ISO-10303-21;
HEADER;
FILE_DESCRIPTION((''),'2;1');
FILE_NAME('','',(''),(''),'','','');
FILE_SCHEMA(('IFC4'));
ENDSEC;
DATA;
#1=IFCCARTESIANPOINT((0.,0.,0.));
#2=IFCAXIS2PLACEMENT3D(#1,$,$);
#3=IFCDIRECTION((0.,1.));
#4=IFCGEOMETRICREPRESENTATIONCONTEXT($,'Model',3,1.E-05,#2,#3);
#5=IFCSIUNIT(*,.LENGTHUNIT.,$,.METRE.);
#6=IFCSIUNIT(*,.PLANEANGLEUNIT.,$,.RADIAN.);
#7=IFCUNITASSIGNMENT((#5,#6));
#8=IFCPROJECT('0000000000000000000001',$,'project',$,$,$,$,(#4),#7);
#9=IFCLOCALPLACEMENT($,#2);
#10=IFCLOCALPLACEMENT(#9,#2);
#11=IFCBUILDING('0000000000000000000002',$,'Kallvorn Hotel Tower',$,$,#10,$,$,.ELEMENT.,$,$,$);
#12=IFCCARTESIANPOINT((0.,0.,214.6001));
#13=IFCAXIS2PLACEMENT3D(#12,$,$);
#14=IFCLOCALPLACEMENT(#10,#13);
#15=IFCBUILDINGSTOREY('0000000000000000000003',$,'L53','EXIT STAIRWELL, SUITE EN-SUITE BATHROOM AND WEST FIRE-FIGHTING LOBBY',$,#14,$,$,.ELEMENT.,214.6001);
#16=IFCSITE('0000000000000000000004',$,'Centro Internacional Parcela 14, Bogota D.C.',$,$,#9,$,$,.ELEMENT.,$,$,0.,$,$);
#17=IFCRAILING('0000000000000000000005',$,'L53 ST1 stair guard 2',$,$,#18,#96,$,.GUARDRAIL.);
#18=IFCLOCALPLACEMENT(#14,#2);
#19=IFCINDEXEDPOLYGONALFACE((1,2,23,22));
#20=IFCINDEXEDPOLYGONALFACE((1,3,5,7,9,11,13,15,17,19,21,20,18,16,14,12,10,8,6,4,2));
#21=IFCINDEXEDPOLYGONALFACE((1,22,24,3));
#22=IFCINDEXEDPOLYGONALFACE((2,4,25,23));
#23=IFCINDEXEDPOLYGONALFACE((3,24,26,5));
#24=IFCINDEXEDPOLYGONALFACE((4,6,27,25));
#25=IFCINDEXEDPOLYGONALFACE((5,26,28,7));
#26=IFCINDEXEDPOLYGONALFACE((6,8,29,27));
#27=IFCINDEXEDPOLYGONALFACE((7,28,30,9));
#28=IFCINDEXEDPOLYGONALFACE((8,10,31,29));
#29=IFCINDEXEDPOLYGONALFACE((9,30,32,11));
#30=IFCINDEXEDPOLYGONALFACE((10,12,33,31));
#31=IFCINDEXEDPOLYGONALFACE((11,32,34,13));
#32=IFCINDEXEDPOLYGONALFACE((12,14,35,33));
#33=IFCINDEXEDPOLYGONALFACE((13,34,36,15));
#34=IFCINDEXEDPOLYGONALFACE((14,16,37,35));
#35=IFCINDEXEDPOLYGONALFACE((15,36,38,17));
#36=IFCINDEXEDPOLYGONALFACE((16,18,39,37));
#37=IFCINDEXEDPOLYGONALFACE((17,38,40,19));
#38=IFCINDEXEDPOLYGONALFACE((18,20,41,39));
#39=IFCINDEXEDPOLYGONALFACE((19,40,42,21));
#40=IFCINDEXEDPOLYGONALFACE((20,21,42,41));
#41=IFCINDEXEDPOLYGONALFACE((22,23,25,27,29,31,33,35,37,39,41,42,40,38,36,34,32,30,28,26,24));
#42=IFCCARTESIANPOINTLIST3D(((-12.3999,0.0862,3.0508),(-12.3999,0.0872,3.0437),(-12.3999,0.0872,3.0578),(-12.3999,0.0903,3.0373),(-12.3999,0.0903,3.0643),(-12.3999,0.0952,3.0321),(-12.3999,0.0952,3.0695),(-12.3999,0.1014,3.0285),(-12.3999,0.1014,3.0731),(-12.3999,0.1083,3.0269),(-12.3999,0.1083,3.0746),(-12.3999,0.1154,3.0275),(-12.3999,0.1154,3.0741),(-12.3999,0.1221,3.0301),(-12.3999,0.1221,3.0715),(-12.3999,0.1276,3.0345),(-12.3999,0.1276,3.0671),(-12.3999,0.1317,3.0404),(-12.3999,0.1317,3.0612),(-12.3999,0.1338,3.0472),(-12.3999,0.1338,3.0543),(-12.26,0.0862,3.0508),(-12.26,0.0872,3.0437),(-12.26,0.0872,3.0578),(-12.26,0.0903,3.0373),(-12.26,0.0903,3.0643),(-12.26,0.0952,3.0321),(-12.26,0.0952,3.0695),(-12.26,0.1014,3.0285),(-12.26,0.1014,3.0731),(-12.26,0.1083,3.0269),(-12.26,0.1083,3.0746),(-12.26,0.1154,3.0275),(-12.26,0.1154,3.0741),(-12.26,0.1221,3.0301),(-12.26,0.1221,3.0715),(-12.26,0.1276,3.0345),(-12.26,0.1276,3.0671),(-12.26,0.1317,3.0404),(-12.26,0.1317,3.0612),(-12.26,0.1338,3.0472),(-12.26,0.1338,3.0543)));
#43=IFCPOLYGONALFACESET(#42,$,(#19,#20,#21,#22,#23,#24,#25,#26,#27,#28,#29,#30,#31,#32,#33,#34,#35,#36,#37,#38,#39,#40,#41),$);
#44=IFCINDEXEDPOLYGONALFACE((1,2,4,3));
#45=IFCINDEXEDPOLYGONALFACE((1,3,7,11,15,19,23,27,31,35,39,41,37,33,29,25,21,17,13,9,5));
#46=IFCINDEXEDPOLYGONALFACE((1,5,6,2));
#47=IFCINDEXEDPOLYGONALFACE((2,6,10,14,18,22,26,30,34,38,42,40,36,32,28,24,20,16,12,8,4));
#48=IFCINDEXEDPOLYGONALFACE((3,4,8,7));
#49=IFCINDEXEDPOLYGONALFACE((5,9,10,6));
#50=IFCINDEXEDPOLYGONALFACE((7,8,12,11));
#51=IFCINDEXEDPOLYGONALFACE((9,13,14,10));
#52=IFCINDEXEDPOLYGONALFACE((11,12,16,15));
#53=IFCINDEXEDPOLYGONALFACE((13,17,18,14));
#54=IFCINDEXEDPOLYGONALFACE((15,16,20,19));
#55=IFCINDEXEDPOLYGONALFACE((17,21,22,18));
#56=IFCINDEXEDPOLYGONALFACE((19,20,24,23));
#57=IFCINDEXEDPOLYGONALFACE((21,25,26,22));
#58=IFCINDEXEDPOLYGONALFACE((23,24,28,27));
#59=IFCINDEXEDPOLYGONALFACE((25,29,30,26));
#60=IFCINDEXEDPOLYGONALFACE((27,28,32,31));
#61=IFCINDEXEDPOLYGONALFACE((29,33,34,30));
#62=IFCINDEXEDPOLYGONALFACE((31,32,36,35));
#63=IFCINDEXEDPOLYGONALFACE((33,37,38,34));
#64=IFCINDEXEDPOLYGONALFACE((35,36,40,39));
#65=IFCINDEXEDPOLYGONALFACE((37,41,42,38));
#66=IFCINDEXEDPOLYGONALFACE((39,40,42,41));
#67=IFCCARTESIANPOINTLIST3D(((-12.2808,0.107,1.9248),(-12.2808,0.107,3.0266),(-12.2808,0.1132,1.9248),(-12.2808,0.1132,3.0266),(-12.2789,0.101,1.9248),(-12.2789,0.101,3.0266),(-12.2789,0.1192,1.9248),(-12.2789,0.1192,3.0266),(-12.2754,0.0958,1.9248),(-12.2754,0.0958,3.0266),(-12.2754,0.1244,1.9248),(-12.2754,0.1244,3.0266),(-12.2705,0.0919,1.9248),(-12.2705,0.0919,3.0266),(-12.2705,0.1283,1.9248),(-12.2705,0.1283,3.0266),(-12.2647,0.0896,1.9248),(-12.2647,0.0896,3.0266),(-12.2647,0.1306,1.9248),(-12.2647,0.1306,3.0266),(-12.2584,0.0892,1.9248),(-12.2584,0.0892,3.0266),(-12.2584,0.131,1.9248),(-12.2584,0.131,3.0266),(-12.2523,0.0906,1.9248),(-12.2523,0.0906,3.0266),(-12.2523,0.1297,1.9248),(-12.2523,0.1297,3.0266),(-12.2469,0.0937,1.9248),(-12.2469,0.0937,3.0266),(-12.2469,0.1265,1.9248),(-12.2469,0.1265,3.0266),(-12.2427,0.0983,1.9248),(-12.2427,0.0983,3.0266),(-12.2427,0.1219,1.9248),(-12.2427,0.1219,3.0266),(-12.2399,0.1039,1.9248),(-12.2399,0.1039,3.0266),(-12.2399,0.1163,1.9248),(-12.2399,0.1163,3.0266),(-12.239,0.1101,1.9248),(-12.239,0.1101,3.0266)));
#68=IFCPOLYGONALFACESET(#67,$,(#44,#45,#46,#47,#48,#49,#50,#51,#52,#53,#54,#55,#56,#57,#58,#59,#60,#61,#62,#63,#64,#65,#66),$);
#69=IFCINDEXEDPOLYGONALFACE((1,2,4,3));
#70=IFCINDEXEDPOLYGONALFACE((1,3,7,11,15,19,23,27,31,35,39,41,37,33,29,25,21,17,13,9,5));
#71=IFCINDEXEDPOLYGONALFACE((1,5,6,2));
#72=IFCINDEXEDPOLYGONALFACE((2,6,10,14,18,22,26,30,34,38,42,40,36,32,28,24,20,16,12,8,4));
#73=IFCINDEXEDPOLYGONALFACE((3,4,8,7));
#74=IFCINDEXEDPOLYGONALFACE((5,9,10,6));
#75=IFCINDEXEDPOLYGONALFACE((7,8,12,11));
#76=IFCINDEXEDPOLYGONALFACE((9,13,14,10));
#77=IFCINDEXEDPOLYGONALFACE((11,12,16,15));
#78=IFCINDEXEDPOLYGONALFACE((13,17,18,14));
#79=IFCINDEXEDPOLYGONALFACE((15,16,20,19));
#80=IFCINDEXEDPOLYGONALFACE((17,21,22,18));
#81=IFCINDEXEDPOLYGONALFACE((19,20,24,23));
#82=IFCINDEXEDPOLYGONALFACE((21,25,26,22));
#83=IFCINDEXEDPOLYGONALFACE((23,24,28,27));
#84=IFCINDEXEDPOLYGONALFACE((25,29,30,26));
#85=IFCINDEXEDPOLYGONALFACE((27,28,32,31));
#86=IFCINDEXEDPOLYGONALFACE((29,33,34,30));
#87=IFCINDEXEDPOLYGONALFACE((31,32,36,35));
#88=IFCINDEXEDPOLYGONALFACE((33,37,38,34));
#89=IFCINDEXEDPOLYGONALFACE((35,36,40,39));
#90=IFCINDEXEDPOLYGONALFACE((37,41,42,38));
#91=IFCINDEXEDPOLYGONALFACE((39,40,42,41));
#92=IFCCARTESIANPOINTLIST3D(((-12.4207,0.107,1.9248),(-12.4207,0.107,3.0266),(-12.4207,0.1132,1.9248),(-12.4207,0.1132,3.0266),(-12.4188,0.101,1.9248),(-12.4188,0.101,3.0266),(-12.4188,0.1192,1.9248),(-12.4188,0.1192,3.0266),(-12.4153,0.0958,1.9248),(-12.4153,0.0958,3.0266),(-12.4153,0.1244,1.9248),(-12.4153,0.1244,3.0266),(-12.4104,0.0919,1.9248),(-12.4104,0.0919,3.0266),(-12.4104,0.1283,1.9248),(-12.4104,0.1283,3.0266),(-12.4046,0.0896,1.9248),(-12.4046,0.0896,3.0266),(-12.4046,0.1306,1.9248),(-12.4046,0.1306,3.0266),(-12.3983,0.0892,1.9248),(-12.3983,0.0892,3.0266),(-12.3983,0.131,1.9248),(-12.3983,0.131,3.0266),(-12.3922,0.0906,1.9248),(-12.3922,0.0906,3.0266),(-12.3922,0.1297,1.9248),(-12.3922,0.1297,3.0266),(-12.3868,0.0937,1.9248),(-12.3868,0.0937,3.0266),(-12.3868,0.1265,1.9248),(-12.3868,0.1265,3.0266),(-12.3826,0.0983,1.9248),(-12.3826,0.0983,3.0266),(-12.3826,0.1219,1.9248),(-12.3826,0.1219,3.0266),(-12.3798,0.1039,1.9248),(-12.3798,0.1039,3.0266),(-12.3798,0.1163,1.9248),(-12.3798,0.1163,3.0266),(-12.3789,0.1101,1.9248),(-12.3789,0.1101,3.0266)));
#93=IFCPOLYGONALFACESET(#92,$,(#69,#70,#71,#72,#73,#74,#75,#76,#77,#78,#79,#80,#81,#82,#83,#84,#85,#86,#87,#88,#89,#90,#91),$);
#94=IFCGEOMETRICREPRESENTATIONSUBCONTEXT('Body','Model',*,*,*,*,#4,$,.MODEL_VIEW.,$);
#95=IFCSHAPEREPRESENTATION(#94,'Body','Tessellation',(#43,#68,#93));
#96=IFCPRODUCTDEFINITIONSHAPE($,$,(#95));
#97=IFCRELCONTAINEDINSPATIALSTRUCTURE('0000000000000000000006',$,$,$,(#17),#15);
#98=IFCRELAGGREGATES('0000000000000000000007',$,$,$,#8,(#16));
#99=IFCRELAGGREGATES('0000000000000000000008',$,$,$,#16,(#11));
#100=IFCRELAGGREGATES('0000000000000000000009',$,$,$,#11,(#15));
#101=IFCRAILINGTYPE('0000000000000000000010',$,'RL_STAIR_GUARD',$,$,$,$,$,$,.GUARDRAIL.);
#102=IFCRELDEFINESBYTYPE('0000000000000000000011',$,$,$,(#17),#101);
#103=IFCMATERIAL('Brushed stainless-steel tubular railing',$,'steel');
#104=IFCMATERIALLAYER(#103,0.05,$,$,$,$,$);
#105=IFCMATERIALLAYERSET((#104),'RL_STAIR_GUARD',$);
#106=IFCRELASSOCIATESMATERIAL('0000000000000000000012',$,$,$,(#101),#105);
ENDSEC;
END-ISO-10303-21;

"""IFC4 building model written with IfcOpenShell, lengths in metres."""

from ifc_helpers import new_model, si_unit, direction, frame, origin, origin_2d, place, context, subcontext, project, spatial, circle, extrude, material, layer, layer_set, type_object, element, save


model = new_model("IFC4")

# Units and contexts
model_context = context("Model", 3, precision=1e-05, world=origin(), true_north=direction((0.0, 1.0)))
body_context = subcontext(model_context, "Body", "Model", "MODEL_VIEW")
ifc_project = project(units=[si_unit("LENGTHUNIT", "METRE"), si_unit("PLANEANGLEUNIT", "RADIAN")], contexts=[model_context])

# Site, building, storey
site_placement = place(None, origin())
site = spatial("IfcSite", under=ifc_project, at=site_placement, Name="Centro Internacional Parcela 14, Bogota D.C.", CompositionType="ELEMENT", RefElevation=0.0)
building_placement = place(site_placement, origin())
building = spatial("IfcBuilding", under=site, at=building_placement, Name="Kallvorn Hotel Tower", CompositionType="ELEMENT")
storey_placement = place(building_placement, frame((0.0, 0.0, 214.6001)))
storey = spatial("IfcBuildingStorey", under=building, at=storey_placement, Name="L53", Description="EXIT STAIRWELL, SUITE EN-SUITE BATHROOM AND WEST FIRE-FIGHTING LOBBY", CompositionType="ELEMENT", Elevation=214.6001)

# Railing
ifc_material_1 = material(Name="Brushed stainless-steel tubular railing", Category="steel")
ifc_layer_1 = layer(ifc_material_1, 0.05)
ifc_layer_set_1 = layer_set([ifc_layer_1], Name="RL_STAIR_GUARD")
railing_type_1 = type_object("IfcRailingType", Name="RL_STAIR_GUARD", PredefinedType="GUARDRAIL", material=ifc_layer_set_1)
railing_1_placement = place(storey_placement, frame((-12.26, 0.1101, 1.9248)))
element("IfcRailing", 1, at=railing_1_placement, inside=storey, type_object=railing_type_1, Name="L53 ST1 stair guard 2", PredefinedType="GUARDRAIL", context=body_context, shape_type="SweptSolid", body=[
    extrude(circle(Radius=0.0239, at=origin_2d()), frame((0.0, 0.0, 1.126), z_axis=(-1.0, 0.0, 0.0), x_axis=(0.0, -1.0, 0.0)), (0.0, 0.0, 1.0), 0.1399),
    extrude(circle(Radius=0.021, at=origin_2d()), origin(), (0.0, 0.0, 1.0), 1.1018),
    extrude(circle(Radius=0.021, at=origin_2d()), frame((-0.1399, 0.0, 0.0)), (0.0, 0.0, 1.0), 1.1018),
])

save(model, "model.ifc")
